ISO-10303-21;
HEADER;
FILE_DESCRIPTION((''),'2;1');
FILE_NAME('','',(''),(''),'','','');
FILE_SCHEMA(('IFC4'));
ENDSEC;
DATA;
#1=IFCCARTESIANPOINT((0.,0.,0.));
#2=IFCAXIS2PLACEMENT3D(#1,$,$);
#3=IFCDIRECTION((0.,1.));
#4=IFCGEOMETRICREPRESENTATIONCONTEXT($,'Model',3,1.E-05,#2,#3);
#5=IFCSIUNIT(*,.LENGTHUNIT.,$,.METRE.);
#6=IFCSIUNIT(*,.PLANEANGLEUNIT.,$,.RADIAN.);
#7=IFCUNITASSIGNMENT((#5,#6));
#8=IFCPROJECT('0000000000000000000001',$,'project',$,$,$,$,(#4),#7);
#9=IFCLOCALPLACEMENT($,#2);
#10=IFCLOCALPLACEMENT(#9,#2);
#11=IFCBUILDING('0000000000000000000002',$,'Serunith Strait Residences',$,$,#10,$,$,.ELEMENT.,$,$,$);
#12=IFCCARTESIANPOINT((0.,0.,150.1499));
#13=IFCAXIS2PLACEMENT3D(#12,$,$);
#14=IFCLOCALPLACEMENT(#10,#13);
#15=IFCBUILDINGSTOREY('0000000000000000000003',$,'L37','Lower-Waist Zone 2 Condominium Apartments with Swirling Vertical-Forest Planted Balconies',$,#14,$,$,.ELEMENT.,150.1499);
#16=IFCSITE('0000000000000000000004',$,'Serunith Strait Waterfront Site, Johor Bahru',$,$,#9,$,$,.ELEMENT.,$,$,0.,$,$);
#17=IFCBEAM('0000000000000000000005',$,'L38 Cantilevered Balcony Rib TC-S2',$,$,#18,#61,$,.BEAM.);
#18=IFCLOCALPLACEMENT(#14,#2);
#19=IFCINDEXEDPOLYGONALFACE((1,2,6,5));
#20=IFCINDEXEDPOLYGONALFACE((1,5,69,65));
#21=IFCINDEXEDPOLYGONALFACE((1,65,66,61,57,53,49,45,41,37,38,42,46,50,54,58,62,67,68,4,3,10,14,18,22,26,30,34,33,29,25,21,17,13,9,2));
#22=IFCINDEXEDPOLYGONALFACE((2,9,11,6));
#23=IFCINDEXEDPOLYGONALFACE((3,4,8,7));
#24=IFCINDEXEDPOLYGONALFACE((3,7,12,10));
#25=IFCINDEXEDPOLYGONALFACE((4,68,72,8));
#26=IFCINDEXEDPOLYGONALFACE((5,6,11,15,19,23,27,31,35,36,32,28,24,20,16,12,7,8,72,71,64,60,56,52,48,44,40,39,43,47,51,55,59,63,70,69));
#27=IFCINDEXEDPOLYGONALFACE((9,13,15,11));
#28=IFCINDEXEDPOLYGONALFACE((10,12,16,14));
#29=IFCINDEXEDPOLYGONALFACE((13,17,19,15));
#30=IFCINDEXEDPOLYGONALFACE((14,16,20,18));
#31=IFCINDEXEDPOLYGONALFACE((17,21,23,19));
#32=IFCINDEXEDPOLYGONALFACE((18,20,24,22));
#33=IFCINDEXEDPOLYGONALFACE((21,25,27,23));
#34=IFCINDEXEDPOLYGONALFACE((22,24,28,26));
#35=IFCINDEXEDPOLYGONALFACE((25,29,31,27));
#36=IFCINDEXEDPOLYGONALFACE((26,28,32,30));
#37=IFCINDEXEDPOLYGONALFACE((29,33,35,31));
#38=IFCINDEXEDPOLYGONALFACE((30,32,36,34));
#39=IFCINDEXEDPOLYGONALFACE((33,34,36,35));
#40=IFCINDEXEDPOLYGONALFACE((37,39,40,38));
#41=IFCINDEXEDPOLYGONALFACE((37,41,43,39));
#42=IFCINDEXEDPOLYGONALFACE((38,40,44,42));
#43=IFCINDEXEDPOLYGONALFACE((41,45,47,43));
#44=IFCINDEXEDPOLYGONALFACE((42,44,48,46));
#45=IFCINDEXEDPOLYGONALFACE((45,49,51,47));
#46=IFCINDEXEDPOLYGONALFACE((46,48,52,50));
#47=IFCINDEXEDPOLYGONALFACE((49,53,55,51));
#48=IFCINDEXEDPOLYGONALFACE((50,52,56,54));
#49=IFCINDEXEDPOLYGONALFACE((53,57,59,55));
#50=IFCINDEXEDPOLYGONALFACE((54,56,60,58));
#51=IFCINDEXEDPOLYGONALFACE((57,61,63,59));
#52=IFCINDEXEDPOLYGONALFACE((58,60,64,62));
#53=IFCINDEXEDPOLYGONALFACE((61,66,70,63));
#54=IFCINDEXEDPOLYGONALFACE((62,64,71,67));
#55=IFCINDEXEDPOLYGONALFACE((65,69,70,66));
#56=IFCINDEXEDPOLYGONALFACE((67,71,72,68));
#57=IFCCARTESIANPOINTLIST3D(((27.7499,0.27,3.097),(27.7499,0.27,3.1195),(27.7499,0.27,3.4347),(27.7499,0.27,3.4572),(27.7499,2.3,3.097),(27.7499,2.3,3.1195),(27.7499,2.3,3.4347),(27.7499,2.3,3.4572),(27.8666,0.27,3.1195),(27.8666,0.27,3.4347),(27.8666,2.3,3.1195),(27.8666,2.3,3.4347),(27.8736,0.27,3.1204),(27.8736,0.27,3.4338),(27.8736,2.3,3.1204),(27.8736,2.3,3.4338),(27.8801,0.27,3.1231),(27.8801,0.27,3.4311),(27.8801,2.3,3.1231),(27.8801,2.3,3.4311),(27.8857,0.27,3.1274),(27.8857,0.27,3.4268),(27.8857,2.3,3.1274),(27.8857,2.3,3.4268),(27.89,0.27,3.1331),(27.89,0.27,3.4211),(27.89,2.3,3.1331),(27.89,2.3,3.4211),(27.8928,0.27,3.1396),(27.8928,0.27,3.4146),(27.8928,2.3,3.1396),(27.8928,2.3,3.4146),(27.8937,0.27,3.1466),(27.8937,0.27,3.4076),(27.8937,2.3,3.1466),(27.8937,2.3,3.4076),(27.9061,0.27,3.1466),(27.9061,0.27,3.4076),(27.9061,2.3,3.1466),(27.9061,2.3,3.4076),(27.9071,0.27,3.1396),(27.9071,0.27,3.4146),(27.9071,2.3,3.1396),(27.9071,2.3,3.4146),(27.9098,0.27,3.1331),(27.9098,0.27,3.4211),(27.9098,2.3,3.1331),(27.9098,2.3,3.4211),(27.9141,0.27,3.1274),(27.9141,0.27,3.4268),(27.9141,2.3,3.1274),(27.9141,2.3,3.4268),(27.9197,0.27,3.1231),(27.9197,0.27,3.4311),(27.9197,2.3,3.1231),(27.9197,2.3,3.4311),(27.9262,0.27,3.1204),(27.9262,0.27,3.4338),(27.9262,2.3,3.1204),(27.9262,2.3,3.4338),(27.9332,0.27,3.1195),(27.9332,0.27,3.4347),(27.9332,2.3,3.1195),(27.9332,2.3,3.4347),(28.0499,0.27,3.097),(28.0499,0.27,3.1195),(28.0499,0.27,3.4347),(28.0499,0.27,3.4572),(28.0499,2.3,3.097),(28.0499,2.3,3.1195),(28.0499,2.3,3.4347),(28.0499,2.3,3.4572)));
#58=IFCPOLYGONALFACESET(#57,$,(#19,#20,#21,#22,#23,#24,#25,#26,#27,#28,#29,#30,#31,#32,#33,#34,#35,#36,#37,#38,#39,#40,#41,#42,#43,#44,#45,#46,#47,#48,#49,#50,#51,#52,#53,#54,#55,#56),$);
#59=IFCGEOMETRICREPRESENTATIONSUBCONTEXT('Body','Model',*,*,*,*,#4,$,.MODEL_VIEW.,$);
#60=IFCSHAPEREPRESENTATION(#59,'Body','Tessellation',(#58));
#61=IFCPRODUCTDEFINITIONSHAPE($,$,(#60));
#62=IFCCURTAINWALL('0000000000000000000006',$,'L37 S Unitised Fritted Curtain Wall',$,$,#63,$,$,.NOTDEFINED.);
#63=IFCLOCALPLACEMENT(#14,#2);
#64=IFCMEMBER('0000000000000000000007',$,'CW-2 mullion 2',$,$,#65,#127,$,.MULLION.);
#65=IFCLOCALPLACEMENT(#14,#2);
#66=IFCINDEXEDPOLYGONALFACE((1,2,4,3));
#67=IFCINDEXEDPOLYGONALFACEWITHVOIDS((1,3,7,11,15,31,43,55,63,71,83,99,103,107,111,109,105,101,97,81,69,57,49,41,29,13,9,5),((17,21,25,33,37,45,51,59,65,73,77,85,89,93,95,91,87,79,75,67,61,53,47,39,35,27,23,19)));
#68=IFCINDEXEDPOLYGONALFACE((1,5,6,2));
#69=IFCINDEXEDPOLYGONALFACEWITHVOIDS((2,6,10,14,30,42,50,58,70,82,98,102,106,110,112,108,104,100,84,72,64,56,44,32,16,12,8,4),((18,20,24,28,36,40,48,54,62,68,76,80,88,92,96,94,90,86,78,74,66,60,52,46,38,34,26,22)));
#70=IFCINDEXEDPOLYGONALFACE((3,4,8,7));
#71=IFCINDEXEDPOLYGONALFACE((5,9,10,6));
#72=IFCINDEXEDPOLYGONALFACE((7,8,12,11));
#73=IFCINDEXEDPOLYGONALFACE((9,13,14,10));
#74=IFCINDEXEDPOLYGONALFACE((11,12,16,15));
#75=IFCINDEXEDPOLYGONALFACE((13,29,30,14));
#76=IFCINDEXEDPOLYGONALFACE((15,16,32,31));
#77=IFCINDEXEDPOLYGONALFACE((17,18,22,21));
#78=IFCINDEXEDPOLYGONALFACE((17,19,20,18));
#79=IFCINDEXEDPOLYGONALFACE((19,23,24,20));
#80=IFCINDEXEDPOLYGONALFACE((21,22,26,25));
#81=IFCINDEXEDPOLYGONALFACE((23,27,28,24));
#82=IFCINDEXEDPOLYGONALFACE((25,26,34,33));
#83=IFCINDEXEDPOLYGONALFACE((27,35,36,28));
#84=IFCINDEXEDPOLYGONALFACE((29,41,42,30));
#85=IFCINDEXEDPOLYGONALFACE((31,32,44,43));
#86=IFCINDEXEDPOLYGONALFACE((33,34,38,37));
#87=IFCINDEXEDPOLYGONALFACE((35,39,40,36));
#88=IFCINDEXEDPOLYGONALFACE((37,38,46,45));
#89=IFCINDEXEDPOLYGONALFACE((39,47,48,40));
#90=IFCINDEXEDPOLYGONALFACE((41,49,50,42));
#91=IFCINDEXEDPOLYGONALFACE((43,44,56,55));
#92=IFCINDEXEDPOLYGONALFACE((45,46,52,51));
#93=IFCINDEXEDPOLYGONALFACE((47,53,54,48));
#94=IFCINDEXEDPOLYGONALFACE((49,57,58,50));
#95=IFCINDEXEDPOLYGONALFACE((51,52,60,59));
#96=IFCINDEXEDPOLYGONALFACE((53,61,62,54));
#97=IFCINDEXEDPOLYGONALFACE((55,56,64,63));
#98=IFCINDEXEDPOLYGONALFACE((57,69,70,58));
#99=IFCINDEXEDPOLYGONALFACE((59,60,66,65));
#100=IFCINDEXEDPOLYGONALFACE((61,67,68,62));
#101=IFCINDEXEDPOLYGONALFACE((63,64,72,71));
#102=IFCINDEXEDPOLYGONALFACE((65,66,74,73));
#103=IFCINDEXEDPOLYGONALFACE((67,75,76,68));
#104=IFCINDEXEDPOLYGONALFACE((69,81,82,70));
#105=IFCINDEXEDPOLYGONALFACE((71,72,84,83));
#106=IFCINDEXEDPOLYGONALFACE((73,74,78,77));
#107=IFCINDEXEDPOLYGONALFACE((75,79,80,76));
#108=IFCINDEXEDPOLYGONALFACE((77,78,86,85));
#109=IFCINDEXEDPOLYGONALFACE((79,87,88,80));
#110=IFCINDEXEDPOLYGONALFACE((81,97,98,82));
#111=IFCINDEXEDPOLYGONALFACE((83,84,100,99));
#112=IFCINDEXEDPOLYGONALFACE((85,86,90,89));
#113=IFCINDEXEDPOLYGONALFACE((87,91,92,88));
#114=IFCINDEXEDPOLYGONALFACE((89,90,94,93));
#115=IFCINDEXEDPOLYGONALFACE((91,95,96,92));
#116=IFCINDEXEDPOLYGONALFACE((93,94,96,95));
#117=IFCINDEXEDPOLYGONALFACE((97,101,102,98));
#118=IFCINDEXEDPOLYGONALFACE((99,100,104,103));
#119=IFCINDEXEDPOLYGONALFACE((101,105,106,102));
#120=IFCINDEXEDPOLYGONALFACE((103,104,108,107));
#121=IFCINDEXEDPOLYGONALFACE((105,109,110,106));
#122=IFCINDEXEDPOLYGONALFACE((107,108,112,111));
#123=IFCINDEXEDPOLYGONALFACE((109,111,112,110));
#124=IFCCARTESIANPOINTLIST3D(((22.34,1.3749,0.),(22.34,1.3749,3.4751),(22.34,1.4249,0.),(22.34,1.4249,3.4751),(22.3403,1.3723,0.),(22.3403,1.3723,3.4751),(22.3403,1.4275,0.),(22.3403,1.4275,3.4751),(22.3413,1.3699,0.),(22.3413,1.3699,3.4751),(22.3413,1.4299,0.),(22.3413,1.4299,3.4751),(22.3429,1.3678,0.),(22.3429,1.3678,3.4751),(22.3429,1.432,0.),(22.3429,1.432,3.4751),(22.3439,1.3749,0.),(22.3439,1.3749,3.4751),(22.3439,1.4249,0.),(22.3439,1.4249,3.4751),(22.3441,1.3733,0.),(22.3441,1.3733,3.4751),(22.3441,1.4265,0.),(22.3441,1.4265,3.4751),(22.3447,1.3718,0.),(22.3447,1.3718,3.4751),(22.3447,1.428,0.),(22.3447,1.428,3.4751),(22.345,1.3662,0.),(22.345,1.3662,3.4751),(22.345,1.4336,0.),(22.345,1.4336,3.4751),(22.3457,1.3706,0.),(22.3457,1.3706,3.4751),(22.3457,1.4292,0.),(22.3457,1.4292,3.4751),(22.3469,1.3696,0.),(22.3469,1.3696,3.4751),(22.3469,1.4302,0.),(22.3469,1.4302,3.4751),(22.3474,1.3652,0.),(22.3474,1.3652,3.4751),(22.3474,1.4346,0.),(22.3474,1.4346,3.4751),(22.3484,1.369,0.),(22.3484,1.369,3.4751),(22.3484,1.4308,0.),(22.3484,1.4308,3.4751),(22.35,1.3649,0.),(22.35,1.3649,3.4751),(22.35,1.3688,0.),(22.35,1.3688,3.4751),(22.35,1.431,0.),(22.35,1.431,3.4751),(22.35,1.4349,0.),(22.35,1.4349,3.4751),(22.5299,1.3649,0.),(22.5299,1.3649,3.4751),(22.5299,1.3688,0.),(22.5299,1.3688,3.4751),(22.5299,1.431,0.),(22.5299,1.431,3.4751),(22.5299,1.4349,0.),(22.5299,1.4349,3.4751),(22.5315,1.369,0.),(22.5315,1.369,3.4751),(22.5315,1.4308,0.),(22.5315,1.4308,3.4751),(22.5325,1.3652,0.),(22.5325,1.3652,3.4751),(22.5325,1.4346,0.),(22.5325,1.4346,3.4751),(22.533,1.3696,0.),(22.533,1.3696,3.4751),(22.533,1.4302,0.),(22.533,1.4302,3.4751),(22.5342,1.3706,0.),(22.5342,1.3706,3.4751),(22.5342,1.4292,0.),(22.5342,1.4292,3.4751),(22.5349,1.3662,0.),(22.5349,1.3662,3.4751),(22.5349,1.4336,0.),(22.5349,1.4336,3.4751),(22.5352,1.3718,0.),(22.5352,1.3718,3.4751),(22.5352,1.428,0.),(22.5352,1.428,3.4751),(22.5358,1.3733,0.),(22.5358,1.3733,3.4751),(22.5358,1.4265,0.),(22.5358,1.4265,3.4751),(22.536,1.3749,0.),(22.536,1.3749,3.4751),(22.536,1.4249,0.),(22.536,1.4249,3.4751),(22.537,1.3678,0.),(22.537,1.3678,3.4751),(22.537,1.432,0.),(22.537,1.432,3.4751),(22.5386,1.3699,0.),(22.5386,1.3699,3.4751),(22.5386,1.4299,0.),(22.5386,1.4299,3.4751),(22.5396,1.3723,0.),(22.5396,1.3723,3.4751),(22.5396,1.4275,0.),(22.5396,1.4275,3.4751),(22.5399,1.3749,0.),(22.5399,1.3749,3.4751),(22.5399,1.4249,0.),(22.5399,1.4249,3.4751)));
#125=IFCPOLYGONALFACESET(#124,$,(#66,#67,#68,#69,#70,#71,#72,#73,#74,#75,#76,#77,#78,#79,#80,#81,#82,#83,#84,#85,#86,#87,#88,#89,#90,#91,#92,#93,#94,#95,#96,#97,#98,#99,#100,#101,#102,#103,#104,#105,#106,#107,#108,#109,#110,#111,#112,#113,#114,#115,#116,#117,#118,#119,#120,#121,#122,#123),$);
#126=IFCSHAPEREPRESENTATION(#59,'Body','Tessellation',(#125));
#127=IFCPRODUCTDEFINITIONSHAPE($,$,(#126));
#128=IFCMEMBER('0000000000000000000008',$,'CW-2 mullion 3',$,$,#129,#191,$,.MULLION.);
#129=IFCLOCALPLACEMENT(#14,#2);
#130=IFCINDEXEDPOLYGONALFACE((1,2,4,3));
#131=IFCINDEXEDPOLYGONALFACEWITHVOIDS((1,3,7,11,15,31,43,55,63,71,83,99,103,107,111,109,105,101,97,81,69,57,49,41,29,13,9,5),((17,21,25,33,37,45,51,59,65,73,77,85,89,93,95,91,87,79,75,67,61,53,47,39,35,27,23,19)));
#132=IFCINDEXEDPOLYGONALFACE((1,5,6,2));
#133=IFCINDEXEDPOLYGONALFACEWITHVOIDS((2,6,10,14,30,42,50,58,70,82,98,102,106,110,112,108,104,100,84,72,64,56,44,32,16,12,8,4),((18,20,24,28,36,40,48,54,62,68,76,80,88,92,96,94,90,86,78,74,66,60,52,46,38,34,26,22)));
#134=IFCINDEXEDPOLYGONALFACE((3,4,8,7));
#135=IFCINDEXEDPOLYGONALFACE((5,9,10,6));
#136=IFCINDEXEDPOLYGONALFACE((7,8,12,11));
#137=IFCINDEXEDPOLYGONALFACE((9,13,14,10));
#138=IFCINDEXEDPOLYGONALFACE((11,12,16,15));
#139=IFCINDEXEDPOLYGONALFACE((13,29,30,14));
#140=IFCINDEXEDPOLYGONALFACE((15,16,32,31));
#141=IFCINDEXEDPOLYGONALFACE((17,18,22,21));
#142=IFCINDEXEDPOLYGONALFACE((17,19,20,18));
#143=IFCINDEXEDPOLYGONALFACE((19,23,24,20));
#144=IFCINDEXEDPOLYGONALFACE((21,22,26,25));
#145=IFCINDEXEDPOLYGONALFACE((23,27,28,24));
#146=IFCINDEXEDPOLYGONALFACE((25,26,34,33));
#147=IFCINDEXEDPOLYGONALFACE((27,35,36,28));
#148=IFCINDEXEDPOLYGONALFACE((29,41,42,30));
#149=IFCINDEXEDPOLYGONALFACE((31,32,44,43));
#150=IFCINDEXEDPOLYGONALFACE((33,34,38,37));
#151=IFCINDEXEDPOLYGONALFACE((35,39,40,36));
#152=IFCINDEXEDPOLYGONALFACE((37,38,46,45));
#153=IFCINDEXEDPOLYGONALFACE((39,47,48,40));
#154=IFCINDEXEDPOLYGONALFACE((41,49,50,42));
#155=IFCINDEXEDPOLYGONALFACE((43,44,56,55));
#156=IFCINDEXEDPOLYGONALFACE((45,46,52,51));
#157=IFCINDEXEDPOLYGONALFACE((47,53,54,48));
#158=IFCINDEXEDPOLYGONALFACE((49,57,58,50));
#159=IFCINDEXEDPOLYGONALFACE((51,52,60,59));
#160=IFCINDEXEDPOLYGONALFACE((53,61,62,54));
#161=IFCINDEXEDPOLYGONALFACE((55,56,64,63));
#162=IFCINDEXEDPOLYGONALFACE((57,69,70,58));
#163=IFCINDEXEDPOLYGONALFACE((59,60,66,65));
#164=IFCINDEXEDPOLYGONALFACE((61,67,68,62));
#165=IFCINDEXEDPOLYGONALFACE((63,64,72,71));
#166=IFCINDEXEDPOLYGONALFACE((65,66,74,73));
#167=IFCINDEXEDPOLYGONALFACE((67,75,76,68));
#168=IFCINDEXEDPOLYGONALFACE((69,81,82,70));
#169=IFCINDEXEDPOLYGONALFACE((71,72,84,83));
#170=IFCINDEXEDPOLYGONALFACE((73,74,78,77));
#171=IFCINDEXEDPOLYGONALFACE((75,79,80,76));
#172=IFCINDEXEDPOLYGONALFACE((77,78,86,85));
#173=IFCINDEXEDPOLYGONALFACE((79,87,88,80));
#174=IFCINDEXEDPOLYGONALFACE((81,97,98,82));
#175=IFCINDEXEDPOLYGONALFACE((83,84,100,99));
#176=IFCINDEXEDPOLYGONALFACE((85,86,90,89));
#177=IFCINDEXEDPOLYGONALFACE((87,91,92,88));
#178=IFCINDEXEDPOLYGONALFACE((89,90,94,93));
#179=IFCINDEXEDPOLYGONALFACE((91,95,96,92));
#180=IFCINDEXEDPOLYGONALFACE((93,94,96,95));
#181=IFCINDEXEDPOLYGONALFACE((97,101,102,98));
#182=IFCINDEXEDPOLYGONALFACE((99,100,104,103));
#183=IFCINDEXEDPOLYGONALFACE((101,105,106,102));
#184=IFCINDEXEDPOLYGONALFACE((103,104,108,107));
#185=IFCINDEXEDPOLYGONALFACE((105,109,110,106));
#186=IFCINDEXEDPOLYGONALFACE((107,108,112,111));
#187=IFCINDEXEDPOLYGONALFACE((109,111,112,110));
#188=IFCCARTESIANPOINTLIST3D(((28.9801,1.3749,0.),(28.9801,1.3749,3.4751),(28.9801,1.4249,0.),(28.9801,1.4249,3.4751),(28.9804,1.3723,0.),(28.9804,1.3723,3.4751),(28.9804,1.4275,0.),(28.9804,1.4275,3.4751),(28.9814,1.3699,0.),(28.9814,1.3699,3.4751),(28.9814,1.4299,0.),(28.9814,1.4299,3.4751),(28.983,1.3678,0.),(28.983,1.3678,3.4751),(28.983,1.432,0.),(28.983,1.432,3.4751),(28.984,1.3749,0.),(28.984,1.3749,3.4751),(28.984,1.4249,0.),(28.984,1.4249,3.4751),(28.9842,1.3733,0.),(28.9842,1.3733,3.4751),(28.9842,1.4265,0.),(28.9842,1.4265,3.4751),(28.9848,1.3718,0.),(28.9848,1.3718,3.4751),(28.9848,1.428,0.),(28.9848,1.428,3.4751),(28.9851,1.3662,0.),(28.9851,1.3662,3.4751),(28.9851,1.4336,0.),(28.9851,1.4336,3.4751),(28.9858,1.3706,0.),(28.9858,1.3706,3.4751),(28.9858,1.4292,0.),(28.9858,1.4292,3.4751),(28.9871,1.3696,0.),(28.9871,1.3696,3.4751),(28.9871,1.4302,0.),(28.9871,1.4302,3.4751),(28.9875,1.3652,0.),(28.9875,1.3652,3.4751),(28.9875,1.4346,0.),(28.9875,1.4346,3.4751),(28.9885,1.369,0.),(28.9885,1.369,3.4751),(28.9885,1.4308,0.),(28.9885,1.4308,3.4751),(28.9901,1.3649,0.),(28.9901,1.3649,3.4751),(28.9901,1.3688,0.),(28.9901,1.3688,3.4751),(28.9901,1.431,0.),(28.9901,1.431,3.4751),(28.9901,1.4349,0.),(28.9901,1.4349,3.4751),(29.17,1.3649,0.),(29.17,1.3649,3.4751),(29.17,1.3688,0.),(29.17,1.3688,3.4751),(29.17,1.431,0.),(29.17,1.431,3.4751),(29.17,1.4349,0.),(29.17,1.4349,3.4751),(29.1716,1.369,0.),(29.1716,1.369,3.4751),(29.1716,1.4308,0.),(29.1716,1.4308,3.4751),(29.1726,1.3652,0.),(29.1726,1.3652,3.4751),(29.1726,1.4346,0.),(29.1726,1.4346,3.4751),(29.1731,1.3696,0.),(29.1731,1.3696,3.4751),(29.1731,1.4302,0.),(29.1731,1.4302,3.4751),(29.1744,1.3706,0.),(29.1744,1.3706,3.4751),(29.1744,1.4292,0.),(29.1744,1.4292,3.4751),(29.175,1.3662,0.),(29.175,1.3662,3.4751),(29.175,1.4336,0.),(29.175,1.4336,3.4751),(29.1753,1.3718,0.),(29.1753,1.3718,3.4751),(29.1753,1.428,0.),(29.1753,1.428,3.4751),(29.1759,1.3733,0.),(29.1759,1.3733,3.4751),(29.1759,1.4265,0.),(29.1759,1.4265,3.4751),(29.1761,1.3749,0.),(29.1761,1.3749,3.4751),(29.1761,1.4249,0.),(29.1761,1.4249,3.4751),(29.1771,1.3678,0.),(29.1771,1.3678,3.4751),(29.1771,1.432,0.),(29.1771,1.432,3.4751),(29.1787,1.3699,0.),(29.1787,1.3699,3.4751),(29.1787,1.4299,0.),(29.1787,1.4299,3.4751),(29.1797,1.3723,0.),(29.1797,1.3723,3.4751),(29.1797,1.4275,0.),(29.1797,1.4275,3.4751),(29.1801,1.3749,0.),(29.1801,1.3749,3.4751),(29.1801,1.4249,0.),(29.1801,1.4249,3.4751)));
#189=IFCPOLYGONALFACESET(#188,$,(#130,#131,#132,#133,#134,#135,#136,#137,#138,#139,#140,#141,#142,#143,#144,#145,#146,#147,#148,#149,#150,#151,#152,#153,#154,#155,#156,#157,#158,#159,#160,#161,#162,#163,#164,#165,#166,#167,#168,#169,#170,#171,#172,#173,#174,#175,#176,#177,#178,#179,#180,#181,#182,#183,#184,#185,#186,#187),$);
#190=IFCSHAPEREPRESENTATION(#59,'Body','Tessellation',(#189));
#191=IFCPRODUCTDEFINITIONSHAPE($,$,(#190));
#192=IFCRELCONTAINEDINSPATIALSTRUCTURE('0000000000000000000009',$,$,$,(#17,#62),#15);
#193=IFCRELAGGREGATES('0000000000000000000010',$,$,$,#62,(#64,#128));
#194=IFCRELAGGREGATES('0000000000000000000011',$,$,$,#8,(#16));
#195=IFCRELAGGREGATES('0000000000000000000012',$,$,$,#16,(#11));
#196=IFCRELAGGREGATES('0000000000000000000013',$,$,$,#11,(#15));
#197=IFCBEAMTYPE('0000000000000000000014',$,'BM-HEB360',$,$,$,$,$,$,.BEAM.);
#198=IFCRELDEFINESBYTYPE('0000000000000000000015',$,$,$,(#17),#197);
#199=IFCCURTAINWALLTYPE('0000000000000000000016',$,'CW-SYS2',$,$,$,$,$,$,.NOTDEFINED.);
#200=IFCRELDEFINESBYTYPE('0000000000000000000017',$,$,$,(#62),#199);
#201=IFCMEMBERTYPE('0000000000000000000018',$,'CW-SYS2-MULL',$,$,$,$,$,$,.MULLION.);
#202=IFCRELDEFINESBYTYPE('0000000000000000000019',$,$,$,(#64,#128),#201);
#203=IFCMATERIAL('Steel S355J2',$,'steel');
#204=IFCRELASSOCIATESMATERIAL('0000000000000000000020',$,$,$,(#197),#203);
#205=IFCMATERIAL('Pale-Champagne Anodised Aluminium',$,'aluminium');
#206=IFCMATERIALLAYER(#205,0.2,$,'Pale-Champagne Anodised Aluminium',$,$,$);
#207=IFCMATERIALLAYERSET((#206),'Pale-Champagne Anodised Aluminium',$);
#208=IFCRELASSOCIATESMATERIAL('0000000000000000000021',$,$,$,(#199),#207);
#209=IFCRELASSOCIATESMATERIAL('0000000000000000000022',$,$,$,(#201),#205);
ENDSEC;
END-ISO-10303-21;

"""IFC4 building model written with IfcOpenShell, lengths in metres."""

from ifc_helpers import new_model, si_unit, direction, frame, origin, origin_2d, place, context, subcontext, project, spatial, hollow_rectangle, i_section, extrude, source, transform, mapped, material, layer, layer_set, material_profile, profile_set, type_object, element, aggregate, save


model = new_model("IFC4")

# Units and contexts
model_context = context("Model", 3, precision=1e-05, world=origin(), true_north=direction((0.0, 1.0)))
body_context = subcontext(model_context, "Body", "Model", "MODEL_VIEW")
ifc_project = project(units=[si_unit("LENGTHUNIT", "METRE"), si_unit("PLANEANGLEUNIT", "RADIAN")], contexts=[model_context])

# Site, building, storey
site_placement = place(None, origin())
site = spatial("IfcSite", under=ifc_project, at=site_placement, Name="Serunith Strait Waterfront Site, Johor Bahru", CompositionType="ELEMENT", RefElevation=0.0)
building_placement = place(site_placement, origin())
building = spatial("IfcBuilding", under=site, at=building_placement, Name="Serunith Strait Residences", CompositionType="ELEMENT")
storey_placement = place(building_placement, frame((0.0, 0.0, 150.1499)))
storey = spatial("IfcBuildingStorey", under=building, at=storey_placement, Name="L37", Description="Lower-Waist Zone 2 Condominium Apartments with Swirling Vertical-Forest Planted Balconies", CompositionType="ELEMENT", Elevation=150.1499)

# Beam
ifc_material_1 = material(Name="Steel S355J2", Category="steel")
ifc_material_profile_1 = material_profile(ifc_material_1, i_section(OverallWidth=0.3, OverallDepth=0.3601, WebThickness=0.0125, FlangeThickness=0.0225, FilletRadius=0.0271, at=origin_2d()), Name="HEB 360")
ifc_profile_set_1 = profile_set([ifc_material_profile_1], Name="Steel S355J2")
beam_type_1 = type_object("IfcBeamType", Name="BM-HEB360", PredefinedType="BEAM", material=ifc_profile_set_1)
shared_shape_1 = source(origin(), body_context, "Body", "SweptSolid", [
    extrude(i_section(OverallWidth=0.3, OverallDepth=0.3601, WebThickness=0.0125, FlangeThickness=0.0225, FilletRadius=0.0271, at=origin_2d()), origin(), (0.0, 0.0, 1.0), 2.03),
])
beam_1_placement = place(storey_placement, frame((27.8999, 2.3, 3.2771), z_axis=(0.0, -1.0, 0.0), x_axis=(1.0, 0.0, 0.0)))
element("IfcBeam", 1, at=beam_1_placement, inside=storey, type_object=beam_type_1, Name="L38 Cantilevered Balcony Rib TC-S2", PredefinedType="BEAM", context=body_context, shape_type="MappedRepresentation", body=[
    mapped(shared_shape_1, transform((0.0, 0.0, 0.0), scale=1.0)),
])

# Curtain wall, members
ifc_material_2 = material(Name="Pale-Champagne Anodised Aluminium", Category="aluminium")
ifc_layer_1 = layer(ifc_material_2, 0.2, Name="Pale-Champagne Anodised Aluminium")
ifc_layer_set_1 = layer_set([ifc_layer_1], Name="Pale-Champagne Anodised Aluminium")
curtain_wall_type = type_object("IfcCurtainWallType", Name="CW-SYS2", PredefinedType="NOTDEFINED", material=ifc_layer_set_1)
curtain_wall_placement = place(storey_placement, origin())
curtain_wall = element("IfcCurtainWall", 2, at=curtain_wall_placement, inside=storey, type_object=curtain_wall_type, Name="L37 S Unitised Fritted Curtain Wall", PredefinedType="NOTDEFINED")
ifc_material_profile_2 = material_profile(ifc_material_2, hollow_rectangle(XDim=0.0701, YDim=0.2, WallThickness=0.0039, InnerFilletRadius=0.0061, OuterFilletRadius=0.01, at=origin_2d()), Name="ALU 200x70x4")
ifc_profile_set_2 = profile_set([ifc_material_profile_2], Name="Pale-Champagne Anodised Aluminium")
member_type_1 = type_object("IfcMemberType", Name="CW-SYS2-MULL", PredefinedType="MULLION", material=ifc_profile_set_2)
shared_shape_2 = source(origin(), body_context, "Body", "SweptSolid", [
    extrude(hollow_rectangle(XDim=0.0701, YDim=0.2, WallThickness=0.0039, InnerFilletRadius=0.0061, OuterFilletRadius=0.01, at=origin_2d()), origin(), (0.0, 0.0, 1.0), 3.4751),
])
member_1_placement = place(storey_placement, frame((22.4399, 1.3999, 0.0), z_axis=(0.0, 0.0, 1.0), x_axis=(0.0, 1.0, 0.0)))
member_1 = element("IfcMember", 3, at=member_1_placement, type_object=member_type_1, Name="CW-2 mullion 2", PredefinedType="MULLION", context=body_context, shape_type="MappedRepresentation", body=[
    mapped(shared_shape_2, transform((0.0, 0.0, 0.0), scale=1.0)),
])
member_2_placement = place(storey_placement, frame((29.0801, 1.3999, 0.0), z_axis=(0.0, 0.0, 1.0), x_axis=(0.0, 1.0, 0.0)))
member_2 = element("IfcMember", 4, at=member_2_placement, type_object=member_type_1, Name="CW-2 mullion 3", PredefinedType="MULLION", context=body_context, shape_type="MappedRepresentation", body=[
    mapped(shared_shape_2, transform((0.0, 0.0, 0.0), scale=1.0)),
])
aggregate(curtain_wall, [member_1, member_2])

save(model, "model.ifc")
